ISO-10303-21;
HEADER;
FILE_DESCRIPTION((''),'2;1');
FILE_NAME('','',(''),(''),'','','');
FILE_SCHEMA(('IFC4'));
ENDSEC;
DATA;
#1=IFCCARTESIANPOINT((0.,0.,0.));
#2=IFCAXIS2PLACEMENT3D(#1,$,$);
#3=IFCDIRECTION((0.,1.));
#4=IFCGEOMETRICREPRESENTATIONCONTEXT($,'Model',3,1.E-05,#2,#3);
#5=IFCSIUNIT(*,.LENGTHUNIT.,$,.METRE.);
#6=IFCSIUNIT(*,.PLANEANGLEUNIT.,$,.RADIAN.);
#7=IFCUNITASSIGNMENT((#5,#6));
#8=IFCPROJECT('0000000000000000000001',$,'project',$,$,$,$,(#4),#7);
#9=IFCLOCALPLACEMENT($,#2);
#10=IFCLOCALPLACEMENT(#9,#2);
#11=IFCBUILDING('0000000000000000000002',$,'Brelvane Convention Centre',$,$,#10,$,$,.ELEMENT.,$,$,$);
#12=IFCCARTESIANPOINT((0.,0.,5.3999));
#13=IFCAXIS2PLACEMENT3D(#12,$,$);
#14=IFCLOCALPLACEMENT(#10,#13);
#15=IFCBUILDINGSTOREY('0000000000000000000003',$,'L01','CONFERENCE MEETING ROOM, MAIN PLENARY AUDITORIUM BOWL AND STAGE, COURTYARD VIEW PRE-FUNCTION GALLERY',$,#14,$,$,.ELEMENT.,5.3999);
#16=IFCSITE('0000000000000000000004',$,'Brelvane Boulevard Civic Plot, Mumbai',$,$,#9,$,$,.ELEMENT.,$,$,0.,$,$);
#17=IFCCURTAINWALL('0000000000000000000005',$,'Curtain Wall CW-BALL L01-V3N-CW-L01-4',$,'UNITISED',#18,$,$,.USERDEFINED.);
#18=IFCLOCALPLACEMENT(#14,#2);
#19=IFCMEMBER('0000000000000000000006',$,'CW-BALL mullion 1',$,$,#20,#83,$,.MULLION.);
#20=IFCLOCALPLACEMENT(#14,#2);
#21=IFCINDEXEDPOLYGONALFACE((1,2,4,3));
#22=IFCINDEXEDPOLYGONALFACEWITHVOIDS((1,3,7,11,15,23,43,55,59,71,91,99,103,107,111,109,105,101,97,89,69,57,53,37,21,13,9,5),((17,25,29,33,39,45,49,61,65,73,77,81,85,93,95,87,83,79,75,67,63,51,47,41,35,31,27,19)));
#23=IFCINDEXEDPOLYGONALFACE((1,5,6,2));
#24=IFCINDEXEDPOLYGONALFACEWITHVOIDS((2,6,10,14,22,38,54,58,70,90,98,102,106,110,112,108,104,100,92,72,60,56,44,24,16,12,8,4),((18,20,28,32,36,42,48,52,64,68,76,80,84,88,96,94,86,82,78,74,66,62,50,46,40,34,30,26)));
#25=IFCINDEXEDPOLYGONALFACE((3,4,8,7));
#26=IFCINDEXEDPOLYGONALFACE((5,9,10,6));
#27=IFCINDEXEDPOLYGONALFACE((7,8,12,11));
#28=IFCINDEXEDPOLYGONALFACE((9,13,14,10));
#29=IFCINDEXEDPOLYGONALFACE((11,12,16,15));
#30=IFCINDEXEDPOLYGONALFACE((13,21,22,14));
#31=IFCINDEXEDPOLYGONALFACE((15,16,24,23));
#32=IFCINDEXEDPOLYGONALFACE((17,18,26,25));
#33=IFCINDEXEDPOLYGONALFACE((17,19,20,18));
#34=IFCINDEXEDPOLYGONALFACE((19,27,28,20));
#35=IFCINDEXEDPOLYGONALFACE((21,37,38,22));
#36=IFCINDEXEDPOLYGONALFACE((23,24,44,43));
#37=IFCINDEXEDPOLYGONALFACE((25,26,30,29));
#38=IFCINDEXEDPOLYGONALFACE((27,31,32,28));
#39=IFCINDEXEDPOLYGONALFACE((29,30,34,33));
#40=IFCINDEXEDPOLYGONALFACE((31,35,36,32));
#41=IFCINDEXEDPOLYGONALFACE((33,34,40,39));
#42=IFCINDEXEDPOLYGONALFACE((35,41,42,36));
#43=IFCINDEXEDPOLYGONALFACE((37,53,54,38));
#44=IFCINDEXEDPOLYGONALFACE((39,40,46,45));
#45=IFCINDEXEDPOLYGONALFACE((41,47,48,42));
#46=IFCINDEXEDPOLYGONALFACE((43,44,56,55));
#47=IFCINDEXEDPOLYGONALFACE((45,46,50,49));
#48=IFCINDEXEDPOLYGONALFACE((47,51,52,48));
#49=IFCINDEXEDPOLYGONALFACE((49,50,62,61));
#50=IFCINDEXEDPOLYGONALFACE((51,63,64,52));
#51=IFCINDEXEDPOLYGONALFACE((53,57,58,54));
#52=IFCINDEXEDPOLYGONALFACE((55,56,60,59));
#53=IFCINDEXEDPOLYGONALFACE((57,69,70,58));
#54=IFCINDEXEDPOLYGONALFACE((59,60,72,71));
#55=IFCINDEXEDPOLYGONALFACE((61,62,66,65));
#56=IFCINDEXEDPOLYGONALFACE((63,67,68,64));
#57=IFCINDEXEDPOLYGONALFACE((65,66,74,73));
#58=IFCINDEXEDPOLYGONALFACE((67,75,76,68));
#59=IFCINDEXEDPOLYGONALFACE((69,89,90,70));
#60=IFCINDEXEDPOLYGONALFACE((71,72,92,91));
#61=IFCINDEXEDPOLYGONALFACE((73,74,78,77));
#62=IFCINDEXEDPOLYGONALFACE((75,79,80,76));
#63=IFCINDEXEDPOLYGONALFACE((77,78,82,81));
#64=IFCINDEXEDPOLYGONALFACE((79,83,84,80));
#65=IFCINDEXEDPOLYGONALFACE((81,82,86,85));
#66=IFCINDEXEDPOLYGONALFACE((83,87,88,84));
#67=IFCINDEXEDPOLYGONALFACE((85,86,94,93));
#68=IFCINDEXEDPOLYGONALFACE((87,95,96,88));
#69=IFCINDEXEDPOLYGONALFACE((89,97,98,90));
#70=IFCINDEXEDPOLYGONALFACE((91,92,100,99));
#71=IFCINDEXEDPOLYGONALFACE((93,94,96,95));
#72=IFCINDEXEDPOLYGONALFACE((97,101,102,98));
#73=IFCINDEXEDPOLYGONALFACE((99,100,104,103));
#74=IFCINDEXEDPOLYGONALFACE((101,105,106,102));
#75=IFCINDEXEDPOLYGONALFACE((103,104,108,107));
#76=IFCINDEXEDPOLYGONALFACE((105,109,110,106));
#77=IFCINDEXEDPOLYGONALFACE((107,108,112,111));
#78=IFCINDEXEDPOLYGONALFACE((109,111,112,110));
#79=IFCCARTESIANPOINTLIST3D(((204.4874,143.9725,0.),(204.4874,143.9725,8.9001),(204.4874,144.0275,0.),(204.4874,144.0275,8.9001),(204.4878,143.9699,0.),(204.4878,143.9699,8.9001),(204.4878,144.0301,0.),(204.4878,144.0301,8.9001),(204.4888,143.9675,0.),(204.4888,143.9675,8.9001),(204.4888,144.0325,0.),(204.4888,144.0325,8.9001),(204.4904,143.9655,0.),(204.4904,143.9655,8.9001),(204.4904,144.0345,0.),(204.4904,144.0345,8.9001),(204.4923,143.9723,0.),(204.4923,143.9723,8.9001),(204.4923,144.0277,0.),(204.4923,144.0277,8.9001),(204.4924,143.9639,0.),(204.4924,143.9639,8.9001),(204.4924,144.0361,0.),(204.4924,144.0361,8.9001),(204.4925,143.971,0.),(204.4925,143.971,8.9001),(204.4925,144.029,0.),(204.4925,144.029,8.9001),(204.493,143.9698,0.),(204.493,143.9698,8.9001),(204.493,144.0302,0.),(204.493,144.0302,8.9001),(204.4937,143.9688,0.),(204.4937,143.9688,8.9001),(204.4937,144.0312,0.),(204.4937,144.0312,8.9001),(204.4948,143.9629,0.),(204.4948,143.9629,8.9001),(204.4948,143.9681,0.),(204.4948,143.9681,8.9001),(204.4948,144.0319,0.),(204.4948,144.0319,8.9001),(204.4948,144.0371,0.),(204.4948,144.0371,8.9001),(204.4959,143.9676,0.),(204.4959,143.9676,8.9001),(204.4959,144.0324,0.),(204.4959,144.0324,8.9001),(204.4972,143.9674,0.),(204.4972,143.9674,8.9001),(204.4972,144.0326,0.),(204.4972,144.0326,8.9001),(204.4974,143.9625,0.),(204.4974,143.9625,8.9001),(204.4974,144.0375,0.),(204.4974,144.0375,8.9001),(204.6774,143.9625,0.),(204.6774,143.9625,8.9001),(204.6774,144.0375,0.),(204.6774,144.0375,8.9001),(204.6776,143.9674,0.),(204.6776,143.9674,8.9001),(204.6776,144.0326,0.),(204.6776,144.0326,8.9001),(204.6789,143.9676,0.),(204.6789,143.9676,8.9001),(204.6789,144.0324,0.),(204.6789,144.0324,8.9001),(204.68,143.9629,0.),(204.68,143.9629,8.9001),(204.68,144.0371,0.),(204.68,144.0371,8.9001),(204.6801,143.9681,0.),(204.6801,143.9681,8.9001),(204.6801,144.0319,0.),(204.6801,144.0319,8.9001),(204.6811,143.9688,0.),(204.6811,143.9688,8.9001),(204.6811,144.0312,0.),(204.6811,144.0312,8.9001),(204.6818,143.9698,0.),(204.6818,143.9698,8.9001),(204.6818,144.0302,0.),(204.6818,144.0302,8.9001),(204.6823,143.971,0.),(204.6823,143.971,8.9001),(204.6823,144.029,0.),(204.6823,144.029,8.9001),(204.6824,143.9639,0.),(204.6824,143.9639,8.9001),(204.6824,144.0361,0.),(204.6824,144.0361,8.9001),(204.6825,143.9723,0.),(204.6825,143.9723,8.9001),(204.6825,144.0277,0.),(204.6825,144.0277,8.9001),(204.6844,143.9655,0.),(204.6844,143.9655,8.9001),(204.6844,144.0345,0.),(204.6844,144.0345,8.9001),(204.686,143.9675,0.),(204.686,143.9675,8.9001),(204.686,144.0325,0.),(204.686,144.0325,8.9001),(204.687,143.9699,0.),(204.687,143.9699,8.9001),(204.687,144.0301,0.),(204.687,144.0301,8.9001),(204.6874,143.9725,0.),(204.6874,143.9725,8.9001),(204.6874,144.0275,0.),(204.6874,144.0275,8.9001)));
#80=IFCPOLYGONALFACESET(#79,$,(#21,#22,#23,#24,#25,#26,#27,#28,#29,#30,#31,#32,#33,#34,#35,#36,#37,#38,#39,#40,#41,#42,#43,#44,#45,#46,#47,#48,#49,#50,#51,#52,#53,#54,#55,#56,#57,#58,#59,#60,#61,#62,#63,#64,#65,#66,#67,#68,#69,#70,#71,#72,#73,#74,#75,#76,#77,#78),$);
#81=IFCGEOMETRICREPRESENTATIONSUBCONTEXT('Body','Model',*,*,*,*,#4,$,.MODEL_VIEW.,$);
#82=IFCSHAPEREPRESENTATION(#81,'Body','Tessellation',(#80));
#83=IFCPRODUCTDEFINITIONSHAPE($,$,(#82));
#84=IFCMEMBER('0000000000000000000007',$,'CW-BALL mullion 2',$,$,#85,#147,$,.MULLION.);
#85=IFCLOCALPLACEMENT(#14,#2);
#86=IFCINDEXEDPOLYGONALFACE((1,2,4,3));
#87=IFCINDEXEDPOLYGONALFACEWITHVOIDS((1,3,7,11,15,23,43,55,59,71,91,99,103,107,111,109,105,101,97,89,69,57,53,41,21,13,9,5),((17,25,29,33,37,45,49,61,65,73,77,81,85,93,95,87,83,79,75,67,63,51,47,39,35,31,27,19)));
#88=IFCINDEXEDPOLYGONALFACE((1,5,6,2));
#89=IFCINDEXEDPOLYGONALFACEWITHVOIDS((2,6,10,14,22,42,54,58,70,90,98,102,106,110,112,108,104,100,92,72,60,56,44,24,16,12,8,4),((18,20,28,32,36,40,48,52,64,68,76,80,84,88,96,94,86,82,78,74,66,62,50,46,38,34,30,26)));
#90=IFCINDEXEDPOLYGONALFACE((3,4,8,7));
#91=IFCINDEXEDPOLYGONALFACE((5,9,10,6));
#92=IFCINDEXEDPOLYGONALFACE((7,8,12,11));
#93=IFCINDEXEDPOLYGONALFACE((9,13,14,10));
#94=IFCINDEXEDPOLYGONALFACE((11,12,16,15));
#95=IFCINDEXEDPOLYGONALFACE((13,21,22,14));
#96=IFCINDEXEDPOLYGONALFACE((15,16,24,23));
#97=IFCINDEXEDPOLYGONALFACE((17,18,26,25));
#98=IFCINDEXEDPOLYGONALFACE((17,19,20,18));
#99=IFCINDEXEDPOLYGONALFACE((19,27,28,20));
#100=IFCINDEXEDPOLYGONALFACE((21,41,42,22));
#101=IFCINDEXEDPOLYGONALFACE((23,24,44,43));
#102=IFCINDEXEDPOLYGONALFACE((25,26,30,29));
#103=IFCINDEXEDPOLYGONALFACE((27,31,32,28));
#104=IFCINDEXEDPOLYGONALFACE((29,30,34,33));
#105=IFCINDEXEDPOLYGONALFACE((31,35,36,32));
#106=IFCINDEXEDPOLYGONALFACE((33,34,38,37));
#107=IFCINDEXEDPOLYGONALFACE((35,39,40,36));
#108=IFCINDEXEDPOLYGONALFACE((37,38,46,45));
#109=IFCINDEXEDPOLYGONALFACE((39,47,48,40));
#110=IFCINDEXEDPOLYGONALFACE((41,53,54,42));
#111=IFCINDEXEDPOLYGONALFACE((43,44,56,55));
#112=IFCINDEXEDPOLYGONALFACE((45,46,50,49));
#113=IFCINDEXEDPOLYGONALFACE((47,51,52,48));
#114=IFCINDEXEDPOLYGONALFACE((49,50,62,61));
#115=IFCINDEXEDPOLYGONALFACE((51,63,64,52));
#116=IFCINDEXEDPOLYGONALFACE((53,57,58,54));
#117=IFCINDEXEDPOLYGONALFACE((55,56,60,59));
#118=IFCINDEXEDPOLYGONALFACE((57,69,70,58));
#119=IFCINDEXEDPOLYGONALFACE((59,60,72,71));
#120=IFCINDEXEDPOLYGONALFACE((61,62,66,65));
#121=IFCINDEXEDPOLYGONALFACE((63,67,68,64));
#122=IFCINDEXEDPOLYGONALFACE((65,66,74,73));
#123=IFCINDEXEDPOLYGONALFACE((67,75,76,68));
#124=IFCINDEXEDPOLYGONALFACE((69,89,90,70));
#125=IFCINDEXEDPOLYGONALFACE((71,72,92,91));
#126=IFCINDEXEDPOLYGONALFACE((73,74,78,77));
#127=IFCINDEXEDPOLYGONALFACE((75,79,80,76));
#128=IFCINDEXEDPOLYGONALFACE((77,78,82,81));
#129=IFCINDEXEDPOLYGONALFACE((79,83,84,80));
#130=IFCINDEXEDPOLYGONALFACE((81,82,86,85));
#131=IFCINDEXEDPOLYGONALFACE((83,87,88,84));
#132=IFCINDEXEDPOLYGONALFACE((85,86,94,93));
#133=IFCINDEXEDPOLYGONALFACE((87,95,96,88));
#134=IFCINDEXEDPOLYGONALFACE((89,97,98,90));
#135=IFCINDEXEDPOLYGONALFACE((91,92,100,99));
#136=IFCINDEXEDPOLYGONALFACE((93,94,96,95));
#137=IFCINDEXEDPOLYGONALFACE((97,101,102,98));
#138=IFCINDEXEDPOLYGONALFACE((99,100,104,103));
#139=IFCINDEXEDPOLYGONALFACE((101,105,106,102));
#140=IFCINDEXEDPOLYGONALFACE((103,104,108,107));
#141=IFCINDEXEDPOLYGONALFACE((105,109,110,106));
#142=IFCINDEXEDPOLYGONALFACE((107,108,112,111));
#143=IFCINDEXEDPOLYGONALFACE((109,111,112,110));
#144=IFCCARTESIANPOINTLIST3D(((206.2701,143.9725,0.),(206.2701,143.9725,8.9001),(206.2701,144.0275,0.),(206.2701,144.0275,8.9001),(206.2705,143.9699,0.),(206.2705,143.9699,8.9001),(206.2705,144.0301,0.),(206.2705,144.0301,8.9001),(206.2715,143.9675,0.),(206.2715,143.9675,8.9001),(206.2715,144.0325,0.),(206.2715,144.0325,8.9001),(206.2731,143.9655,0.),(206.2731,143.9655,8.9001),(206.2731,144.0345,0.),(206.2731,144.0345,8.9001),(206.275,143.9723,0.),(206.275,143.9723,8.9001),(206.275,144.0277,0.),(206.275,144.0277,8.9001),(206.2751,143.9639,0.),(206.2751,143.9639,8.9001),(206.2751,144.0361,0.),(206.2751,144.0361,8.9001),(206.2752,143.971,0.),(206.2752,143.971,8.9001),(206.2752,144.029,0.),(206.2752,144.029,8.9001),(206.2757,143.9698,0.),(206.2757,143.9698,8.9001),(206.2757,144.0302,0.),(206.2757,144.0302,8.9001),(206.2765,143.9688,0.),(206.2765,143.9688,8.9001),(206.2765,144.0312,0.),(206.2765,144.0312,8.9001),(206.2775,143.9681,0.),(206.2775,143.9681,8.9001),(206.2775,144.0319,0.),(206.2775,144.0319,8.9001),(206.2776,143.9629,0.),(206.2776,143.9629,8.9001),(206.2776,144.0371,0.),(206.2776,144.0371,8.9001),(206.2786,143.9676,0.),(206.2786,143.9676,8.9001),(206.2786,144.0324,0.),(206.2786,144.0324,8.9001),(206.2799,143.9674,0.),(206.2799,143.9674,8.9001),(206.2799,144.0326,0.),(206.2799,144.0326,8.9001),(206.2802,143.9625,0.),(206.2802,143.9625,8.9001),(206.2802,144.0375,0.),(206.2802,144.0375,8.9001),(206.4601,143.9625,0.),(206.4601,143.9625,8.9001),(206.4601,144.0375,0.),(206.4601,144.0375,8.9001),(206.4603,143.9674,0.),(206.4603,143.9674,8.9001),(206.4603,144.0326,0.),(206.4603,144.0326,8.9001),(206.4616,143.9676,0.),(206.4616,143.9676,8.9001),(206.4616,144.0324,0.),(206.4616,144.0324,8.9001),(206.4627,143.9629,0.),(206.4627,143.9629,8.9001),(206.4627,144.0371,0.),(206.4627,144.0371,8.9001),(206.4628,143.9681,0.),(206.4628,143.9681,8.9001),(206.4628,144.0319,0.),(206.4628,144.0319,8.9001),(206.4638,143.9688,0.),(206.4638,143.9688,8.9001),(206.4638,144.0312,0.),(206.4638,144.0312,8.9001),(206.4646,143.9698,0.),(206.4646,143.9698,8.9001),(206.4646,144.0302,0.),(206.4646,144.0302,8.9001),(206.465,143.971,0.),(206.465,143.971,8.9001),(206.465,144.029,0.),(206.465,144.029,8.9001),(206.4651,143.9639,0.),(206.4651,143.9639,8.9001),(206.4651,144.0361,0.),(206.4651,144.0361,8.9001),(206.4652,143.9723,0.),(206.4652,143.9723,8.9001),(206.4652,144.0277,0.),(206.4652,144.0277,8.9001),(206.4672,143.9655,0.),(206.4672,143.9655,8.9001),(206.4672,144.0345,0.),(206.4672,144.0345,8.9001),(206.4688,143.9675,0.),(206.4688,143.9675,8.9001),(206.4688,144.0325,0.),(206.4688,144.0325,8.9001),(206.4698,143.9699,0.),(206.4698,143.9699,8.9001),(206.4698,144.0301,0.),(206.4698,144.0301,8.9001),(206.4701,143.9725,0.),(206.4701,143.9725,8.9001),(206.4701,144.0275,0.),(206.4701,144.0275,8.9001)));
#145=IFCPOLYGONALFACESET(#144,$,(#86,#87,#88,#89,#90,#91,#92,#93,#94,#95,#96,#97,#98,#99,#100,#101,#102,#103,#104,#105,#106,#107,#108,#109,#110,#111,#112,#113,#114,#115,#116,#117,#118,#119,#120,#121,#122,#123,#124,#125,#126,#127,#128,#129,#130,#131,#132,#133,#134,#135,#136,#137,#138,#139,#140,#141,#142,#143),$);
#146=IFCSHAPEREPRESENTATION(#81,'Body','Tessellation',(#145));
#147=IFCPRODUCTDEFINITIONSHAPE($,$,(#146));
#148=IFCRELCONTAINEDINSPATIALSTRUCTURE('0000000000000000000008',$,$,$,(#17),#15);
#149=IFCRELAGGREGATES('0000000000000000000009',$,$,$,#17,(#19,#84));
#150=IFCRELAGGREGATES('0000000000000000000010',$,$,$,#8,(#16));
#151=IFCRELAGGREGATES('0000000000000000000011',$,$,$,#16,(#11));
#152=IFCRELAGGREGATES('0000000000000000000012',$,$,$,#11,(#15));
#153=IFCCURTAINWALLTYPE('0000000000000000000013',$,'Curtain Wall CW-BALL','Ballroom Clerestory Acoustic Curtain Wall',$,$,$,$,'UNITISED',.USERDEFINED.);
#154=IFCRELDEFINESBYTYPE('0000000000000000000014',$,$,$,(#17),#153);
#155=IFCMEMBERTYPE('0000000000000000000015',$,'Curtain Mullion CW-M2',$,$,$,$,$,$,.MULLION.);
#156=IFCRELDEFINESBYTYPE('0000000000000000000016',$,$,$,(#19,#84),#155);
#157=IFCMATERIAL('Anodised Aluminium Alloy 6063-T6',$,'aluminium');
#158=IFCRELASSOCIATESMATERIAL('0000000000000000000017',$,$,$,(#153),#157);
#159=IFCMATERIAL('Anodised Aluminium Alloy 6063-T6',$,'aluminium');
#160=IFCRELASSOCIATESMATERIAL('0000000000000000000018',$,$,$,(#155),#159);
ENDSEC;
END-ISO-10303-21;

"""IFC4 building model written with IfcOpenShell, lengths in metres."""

from ifc_helpers import new_model, si_unit, direction, frame, origin, origin_2d, place, context, subcontext, project, spatial, hollow_rectangle, extrude, material, material_profile, profile_set, type_object, element, aggregate, save


model = new_model("IFC4")

# Units and contexts
model_context = context("Model", 3, precision=1e-05, world=origin(), true_north=direction((0.0, 1.0)))
body_context = subcontext(model_context, "Body", "Model", "MODEL_VIEW")
ifc_project = project(units=[si_unit("LENGTHUNIT", "METRE"), si_unit("PLANEANGLEUNIT", "RADIAN")], contexts=[model_context])

# Site, building, storey
site_placement = place(None, origin())
site = spatial("IfcSite", under=ifc_project, at=site_placement, Name="Brelvane Boulevard Civic Plot, Mumbai", CompositionType="ELEMENT", RefElevation=0.0)
building_placement = place(site_placement, origin())
building = spatial("IfcBuilding", under=site, at=building_placement, Name="Brelvane Convention Centre", CompositionType="ELEMENT")
storey_placement = place(building_placement, frame((0.0, 0.0, 5.3999)))
storey = spatial("IfcBuildingStorey", under=building, at=storey_placement, Name="L01", Description="CONFERENCE MEETING ROOM, MAIN PLENARY AUDITORIUM BOWL AND STAGE, COURTYARD VIEW PRE-FUNCTION GALLERY", CompositionType="ELEMENT", Elevation=5.3999)

# Curtain wall, members
ifc_material_1 = material(Name="Anodised Aluminium Alloy 6063-T6", Category="aluminium")
curtain_wall_type = type_object("IfcCurtainWallType", Name="Curtain Wall CW-BALL", Description="Ballroom Clerestory Acoustic Curtain Wall", ElementType="UNITISED", PredefinedType="USERDEFINED", material=ifc_material_1)
ifc_material_2 = material(Name="Anodised Aluminium Alloy 6063-T6", Category="aluminium")
ifc_material_profile_1 = material_profile(ifc_material_2, hollow_rectangle(XDim=0.075, YDim=0.2, WallThickness=0.0049, InnerFilletRadius=0.0049, OuterFilletRadius=0.01, at=origin_2d()), Name="ALU-M 200x75x5.0")
ifc_profile_set_1 = profile_set([ifc_material_profile_1], Name="Anodised Aluminium Alloy 6063-T6")
member_type_1 = type_object("IfcMemberType", Name="Curtain Mullion CW-M2", PredefinedType="MULLION", material=ifc_profile_set_1)
curtain_wall_1_placement = place(storey_placement, origin())
curtain_wall_1 = element("IfcCurtainWall", 1, at=curtain_wall_1_placement, inside=storey, type_object=curtain_wall_type, Name="Curtain Wall CW-BALL L01-V3N-CW-L01-4", ObjectType="UNITISED", PredefinedType="USERDEFINED")
member_1_placement = place(storey_placement, frame((204.5874, 144.0, 0.0), z_axis=(0.0, 0.0, 1.0), x_axis=(0.0, 1.0, 0.0)))
member_1 = element("IfcMember", 2, at=member_1_placement, type_object=member_type_1, Name="CW-BALL mullion 1", PredefinedType="MULLION", context=body_context, shape_type="SweptSolid", body=[
    extrude(hollow_rectangle(XDim=0.075, YDim=0.2, WallThickness=0.0049, InnerFilletRadius=0.0049, OuterFilletRadius=0.01, at=origin_2d()), origin(), (0.0, 0.0, 1.0), 8.9001),
])
member_2_placement = place(storey_placement, frame((206.3701, 144.0, 0.0), z_axis=(0.0, 0.0, 1.0), x_axis=(0.0, 1.0, 0.0)))
member_2 = element("IfcMember", 3, at=member_2_placement, type_object=member_type_1, Name="CW-BALL mullion 2", PredefinedType="MULLION", context=body_context, shape_type="SweptSolid", body=[
    extrude(hollow_rectangle(XDim=0.075, YDim=0.2, WallThickness=0.0049, InnerFilletRadius=0.0049, OuterFilletRadius=0.01, at=origin_2d()), origin(), (0.0, 0.0, 1.0), 8.9001),
])

aggregate(curtain_wall_1, [member_1, member_2])

save(model, "model.ifc")
